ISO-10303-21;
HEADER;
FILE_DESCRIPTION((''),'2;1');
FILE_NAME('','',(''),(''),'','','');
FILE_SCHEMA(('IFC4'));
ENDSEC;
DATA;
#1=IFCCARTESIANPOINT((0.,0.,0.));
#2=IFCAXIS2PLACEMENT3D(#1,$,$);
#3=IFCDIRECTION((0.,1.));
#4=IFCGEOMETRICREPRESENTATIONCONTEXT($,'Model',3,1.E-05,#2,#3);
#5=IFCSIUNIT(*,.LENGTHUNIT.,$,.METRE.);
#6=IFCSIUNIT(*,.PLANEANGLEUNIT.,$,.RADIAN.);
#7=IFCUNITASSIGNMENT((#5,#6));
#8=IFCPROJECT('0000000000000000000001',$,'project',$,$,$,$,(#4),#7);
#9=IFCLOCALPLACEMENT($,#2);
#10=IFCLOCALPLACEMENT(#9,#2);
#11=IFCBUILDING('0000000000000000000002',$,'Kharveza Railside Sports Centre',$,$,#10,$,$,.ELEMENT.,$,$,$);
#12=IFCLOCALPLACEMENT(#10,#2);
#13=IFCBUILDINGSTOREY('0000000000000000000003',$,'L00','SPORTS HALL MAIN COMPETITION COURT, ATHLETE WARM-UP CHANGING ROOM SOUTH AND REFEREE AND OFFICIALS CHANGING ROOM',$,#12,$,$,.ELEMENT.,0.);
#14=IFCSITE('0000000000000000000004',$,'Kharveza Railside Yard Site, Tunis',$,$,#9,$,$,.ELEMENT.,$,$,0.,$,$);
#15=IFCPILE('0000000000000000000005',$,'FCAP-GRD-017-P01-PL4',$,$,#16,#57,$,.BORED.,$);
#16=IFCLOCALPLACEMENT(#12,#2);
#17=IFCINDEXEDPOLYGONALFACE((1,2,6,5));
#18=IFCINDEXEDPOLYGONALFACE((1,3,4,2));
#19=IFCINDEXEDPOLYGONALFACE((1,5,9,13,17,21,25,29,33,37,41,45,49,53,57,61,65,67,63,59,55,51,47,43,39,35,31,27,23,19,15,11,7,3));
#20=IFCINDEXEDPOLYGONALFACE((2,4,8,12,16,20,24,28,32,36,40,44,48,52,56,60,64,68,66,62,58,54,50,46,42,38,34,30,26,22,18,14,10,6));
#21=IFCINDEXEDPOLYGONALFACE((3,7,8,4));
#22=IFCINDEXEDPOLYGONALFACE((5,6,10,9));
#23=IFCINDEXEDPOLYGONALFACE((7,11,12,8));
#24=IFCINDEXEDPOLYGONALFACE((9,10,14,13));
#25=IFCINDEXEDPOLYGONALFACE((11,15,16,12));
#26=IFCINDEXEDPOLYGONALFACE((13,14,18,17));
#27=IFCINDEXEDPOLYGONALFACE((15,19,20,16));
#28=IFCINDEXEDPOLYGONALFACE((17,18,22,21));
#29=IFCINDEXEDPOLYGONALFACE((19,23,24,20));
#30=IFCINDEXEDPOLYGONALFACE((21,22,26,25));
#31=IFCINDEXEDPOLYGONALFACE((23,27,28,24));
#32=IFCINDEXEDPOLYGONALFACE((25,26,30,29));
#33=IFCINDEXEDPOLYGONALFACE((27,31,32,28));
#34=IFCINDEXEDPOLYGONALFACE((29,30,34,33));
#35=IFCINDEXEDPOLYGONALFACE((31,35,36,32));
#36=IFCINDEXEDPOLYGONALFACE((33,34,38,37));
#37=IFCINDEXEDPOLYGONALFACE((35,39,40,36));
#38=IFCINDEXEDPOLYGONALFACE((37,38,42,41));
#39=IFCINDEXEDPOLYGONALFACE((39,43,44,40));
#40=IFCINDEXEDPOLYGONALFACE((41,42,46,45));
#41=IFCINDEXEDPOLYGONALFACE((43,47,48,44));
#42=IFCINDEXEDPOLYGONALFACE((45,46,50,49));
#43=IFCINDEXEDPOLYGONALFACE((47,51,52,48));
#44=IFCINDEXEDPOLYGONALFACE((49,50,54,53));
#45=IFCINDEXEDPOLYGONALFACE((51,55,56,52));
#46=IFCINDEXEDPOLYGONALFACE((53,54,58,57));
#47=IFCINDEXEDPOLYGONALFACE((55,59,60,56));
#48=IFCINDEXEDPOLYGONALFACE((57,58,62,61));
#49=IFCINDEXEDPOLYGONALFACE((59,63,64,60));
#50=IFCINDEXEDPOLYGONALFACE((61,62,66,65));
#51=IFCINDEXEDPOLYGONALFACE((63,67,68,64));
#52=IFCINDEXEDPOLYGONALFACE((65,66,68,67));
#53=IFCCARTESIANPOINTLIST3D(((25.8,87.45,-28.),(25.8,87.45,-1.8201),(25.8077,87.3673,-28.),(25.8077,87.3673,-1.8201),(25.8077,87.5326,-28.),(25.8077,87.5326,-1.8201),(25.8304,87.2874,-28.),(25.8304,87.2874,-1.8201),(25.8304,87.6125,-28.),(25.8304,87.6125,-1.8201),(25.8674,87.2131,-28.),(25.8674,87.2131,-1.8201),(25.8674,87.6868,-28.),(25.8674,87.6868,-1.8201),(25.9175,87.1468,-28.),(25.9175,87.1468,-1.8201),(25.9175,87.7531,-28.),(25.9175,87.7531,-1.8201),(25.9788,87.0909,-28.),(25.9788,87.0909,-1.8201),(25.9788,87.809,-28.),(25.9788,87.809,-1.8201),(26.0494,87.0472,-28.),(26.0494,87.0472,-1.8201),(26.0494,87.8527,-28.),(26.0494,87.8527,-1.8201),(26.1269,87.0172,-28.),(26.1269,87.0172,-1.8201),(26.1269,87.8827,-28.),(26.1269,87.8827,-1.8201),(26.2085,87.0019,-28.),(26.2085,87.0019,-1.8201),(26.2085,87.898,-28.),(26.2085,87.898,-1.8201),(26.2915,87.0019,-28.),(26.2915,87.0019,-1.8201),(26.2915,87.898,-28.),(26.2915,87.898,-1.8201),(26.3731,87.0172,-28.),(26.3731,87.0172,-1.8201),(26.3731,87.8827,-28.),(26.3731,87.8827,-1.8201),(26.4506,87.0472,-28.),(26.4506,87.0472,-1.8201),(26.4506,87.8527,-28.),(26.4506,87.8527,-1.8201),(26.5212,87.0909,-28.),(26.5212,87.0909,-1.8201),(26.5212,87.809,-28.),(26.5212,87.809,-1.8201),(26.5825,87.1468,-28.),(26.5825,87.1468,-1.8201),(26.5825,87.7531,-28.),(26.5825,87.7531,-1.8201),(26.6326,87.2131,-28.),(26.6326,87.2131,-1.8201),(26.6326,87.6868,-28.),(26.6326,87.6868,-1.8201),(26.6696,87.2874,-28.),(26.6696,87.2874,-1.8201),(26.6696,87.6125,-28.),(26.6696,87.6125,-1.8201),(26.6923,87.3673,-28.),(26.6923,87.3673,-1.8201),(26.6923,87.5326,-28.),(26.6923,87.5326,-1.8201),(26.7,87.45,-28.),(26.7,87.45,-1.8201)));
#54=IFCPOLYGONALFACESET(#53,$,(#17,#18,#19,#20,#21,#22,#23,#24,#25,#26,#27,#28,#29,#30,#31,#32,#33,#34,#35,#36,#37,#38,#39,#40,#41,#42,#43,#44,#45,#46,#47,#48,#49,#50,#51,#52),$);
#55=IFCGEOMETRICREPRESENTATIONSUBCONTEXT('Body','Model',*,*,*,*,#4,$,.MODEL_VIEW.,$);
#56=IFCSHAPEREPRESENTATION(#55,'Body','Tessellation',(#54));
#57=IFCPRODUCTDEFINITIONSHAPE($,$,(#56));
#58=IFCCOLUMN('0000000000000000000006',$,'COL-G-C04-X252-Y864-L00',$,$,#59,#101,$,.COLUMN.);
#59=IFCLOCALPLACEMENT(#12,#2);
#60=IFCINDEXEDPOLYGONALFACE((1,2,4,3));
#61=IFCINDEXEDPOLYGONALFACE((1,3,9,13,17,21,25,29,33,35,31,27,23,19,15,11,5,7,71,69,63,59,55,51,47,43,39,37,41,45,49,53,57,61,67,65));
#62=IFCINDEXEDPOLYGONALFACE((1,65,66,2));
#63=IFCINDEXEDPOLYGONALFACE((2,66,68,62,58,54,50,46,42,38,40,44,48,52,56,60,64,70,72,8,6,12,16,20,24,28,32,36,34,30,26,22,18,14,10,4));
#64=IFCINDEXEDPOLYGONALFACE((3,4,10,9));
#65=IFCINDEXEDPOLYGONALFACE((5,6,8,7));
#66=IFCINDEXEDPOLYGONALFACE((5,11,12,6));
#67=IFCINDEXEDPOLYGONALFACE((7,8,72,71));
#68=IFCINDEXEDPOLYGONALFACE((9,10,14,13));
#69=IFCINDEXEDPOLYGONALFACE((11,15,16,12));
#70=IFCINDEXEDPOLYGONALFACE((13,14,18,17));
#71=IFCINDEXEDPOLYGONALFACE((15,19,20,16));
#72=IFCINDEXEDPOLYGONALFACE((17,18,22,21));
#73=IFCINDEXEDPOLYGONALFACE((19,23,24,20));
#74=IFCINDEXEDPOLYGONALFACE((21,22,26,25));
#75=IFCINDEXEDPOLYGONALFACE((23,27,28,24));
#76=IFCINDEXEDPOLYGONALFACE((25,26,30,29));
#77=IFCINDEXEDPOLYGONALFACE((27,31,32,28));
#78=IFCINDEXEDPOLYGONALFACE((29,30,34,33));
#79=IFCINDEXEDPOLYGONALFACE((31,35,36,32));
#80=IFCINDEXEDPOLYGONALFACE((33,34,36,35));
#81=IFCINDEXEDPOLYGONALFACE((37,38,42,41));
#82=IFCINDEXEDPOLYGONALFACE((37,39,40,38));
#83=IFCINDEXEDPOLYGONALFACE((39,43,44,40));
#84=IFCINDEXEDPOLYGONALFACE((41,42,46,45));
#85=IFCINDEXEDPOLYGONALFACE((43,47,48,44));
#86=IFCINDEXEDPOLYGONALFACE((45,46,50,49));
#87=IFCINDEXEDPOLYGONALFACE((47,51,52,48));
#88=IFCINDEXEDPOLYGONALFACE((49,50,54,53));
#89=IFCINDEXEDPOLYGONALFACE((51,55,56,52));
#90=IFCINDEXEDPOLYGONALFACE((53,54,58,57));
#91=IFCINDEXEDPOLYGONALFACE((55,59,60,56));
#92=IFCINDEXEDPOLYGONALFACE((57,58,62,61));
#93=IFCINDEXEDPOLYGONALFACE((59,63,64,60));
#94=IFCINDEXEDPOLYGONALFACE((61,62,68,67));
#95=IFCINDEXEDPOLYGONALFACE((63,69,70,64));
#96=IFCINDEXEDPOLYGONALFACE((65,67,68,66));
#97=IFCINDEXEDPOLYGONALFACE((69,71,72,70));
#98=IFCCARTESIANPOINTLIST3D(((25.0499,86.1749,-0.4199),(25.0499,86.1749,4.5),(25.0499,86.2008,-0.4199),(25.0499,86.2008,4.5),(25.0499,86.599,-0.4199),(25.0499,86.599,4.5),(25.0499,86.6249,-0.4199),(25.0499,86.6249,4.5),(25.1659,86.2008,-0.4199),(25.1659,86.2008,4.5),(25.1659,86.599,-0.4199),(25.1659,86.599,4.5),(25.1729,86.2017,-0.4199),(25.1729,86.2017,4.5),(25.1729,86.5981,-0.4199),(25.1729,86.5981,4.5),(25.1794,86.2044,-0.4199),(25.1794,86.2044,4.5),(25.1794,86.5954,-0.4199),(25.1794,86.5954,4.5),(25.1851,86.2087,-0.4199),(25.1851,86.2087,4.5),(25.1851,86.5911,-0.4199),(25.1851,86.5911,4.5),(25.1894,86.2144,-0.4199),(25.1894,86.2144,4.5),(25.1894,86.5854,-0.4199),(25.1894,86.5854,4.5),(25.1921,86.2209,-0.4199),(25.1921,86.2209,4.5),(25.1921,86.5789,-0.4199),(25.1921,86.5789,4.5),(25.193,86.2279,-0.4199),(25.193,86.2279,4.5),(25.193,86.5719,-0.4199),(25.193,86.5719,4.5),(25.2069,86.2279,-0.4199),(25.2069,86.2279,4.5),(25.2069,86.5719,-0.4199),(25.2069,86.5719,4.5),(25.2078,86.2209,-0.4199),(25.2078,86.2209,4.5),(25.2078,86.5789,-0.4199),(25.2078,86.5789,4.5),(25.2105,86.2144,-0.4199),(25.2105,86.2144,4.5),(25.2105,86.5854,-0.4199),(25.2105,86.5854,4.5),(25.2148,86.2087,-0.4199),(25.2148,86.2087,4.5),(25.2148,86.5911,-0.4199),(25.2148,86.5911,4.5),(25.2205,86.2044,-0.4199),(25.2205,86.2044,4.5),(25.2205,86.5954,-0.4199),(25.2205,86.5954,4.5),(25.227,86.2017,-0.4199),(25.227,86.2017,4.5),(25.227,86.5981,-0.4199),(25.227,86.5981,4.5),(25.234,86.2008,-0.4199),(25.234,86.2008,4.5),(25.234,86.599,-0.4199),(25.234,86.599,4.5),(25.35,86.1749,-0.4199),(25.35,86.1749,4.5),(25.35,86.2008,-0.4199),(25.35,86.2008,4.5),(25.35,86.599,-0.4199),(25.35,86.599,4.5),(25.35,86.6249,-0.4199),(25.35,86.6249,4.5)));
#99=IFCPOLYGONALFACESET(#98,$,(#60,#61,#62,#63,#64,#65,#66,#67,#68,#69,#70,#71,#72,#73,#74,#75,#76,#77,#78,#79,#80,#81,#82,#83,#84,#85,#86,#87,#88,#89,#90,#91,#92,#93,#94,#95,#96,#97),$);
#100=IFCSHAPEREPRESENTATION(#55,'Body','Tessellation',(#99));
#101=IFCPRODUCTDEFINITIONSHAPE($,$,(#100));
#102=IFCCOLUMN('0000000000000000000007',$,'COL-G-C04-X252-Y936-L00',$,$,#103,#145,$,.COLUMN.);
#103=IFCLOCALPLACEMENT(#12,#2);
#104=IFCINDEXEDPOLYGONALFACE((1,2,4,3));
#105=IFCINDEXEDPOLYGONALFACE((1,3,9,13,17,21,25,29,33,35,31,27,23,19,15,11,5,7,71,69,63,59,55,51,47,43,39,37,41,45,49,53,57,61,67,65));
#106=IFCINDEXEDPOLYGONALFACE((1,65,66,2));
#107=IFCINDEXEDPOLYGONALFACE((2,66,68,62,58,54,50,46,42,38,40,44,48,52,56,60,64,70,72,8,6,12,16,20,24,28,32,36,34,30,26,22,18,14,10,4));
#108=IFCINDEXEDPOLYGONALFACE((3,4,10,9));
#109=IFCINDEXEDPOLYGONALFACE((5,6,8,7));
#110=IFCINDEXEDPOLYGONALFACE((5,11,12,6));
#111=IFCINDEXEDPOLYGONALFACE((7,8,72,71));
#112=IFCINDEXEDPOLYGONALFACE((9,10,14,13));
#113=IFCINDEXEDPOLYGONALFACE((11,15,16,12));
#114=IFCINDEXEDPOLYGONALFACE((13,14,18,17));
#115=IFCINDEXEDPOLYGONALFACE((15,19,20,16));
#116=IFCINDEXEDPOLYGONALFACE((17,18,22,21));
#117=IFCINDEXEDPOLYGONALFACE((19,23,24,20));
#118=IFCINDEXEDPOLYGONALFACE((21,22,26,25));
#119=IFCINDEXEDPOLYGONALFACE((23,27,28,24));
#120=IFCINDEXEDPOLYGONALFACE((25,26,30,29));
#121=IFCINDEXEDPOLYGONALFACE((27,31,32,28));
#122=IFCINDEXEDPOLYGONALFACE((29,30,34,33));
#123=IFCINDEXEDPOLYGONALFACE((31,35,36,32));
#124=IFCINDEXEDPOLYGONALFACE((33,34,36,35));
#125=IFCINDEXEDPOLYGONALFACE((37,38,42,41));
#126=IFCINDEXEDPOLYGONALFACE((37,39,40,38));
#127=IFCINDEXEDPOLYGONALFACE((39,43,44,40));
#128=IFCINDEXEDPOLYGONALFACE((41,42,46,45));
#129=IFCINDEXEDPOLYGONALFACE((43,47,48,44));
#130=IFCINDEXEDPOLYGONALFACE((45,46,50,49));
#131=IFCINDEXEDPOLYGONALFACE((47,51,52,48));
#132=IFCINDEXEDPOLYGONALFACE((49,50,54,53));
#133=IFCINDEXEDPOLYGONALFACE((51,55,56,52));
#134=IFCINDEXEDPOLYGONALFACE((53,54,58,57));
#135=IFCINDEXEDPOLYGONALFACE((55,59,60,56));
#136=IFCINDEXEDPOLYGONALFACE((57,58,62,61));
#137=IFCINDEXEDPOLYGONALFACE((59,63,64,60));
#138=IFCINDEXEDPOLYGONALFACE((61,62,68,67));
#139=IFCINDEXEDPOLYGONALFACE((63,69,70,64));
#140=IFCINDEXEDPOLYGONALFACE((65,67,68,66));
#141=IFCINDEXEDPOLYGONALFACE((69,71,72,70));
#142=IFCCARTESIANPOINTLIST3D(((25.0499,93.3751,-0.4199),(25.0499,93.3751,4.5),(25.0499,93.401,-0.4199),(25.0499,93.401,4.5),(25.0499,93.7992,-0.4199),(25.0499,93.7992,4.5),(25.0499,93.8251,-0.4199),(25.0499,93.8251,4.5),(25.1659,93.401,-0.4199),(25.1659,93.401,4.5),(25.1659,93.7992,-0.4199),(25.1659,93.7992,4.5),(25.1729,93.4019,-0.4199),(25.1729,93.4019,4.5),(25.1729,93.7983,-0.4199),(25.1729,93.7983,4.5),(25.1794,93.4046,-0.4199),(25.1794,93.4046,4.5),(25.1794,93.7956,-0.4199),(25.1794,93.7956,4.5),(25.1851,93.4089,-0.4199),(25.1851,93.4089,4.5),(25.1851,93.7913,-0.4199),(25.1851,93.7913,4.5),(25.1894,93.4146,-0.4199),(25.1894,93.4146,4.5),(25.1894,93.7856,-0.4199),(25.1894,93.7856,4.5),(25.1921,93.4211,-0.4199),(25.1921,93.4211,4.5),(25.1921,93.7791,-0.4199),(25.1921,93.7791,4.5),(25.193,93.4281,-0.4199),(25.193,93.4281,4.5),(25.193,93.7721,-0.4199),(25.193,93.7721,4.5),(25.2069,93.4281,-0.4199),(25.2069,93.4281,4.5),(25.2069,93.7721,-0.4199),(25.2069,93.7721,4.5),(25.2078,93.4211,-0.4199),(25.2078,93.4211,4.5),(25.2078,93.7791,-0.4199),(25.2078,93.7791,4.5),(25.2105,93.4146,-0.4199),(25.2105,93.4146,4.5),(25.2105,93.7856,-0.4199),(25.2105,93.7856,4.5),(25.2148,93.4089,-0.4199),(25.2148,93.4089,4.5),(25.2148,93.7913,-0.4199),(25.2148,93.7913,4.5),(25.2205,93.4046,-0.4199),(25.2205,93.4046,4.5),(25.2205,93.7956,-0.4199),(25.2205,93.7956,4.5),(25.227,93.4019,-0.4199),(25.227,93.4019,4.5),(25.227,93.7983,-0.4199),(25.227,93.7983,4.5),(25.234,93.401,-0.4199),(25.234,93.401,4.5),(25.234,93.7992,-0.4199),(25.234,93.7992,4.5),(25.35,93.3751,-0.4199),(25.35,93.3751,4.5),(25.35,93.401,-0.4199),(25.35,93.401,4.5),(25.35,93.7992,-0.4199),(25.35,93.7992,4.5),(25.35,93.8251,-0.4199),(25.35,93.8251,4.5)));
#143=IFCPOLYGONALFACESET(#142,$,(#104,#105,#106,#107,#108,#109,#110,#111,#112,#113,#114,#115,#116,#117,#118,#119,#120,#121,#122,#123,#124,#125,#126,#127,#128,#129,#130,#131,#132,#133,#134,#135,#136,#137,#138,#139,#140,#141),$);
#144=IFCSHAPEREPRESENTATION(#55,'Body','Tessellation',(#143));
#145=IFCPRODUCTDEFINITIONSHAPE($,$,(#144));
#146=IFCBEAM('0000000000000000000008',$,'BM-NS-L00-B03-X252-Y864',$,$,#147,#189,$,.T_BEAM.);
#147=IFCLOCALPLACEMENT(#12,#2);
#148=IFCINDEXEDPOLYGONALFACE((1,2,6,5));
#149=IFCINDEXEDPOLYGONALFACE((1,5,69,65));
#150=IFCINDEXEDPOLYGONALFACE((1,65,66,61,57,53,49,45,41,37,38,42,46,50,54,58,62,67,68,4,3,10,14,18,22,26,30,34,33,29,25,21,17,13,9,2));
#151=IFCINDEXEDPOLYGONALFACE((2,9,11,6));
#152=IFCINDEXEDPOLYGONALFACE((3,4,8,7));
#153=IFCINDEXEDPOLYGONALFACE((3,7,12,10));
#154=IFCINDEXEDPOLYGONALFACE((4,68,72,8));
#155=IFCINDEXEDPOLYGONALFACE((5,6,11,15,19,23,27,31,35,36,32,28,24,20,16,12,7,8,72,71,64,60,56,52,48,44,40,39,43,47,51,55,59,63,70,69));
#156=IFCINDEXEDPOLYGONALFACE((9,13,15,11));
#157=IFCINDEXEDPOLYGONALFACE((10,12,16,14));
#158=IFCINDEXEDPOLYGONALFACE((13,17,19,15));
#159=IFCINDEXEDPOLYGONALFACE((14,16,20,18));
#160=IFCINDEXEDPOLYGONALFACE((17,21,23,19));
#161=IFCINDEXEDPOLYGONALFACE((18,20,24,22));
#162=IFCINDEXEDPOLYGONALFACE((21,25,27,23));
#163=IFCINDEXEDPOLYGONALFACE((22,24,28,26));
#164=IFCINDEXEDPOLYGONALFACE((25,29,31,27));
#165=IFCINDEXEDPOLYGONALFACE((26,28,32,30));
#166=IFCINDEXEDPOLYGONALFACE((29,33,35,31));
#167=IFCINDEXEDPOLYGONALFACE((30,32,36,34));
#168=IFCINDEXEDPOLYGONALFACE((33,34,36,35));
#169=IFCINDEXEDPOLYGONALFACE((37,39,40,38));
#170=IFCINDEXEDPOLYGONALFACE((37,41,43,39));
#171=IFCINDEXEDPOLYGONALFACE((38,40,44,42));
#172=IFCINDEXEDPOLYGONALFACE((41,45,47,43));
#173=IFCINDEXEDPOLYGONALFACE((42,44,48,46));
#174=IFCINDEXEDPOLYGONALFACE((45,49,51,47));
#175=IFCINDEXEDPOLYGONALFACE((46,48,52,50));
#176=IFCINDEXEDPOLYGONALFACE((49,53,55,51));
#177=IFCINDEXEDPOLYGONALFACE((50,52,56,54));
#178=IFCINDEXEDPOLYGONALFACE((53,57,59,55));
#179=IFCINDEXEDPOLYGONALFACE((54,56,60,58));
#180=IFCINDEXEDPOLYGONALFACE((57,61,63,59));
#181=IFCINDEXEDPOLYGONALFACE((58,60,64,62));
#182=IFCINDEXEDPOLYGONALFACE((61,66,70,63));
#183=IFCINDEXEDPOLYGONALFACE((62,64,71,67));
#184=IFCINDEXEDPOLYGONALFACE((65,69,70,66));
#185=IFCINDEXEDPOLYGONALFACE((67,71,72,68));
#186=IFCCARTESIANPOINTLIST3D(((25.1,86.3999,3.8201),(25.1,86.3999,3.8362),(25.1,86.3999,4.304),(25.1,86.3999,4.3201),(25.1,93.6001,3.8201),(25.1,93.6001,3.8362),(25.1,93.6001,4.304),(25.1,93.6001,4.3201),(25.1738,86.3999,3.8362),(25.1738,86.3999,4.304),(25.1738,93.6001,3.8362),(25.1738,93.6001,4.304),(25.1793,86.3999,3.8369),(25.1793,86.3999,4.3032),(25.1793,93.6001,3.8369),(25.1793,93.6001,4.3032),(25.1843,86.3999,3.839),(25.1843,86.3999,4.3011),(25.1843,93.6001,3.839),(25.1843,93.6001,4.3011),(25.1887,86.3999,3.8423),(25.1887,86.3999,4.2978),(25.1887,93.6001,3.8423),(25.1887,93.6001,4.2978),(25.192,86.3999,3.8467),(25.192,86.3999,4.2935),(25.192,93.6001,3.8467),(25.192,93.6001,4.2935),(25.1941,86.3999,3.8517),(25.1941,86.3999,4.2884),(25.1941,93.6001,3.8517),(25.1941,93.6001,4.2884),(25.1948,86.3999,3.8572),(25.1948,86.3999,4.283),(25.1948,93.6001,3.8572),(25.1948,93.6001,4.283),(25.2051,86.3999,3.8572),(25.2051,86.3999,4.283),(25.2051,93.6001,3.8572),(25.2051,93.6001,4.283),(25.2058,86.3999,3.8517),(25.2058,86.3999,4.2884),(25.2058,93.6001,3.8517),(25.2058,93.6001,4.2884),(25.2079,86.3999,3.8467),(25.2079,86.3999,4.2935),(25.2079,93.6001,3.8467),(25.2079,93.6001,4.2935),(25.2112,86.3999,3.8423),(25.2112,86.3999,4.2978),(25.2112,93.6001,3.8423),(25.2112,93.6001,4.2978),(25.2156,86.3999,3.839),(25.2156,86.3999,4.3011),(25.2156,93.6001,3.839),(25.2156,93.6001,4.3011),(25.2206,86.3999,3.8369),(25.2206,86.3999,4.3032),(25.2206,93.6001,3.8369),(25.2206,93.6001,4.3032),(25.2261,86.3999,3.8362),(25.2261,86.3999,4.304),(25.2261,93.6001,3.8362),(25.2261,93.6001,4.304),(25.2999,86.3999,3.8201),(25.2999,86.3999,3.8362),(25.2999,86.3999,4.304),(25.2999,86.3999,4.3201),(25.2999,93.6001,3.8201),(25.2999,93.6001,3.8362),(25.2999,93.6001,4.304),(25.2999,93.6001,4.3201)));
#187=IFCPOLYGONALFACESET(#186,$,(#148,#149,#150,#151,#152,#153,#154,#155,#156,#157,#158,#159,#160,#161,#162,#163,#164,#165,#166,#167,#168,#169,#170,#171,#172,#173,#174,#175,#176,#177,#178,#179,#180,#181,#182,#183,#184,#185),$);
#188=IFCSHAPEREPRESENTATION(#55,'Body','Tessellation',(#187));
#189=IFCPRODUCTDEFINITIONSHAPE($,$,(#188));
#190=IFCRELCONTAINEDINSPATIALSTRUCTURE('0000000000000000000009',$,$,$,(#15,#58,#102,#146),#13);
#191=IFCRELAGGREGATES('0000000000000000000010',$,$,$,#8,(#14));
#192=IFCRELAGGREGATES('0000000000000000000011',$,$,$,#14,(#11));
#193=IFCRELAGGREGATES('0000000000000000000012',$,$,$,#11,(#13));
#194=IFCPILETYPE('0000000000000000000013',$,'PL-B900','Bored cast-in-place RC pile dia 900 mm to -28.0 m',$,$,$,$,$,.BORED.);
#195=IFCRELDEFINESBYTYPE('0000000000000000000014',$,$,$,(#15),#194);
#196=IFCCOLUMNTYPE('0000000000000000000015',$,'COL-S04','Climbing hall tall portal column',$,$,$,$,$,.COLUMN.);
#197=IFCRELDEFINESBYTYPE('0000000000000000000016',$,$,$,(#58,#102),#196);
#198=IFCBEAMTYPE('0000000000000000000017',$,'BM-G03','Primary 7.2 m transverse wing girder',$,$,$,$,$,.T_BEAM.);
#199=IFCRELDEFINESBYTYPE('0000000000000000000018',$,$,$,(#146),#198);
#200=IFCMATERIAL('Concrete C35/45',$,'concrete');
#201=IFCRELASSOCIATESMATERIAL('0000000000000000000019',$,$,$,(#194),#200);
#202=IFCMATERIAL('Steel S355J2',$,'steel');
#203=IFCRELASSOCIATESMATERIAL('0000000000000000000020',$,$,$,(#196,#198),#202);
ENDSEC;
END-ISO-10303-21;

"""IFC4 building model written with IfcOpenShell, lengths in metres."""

from ifc_helpers import new_model, si_unit, direction, frame, origin, origin_2d, place, context, subcontext, project, spatial, circle, i_section, extrude, material, material_profile, profile_set, type_object, element, save


model = new_model("IFC4")

# Units and contexts
model_context = context("Model", 3, precision=1e-05, world=origin(), true_north=direction((0.0, 1.0)))
body_context = subcontext(model_context, "Body", "Model", "MODEL_VIEW")
ifc_project = project(units=[si_unit("LENGTHUNIT", "METRE"), si_unit("PLANEANGLEUNIT", "RADIAN")], contexts=[model_context])

# Site, building, storey
site_placement = place(None, origin())
site = spatial("IfcSite", under=ifc_project, at=site_placement, Name="Kharveza Railside Yard Site, Tunis", CompositionType="ELEMENT", RefElevation=0.0)
building_placement = place(site_placement, origin())
building = spatial("IfcBuilding", under=site, at=building_placement, Name="Kharveza Railside Sports Centre", CompositionType="ELEMENT")
storey_placement = place(building_placement, origin())
storey = spatial("IfcBuildingStorey", under=building, at=storey_placement, Name="L00", Description="SPORTS HALL MAIN COMPETITION COURT, ATHLETE WARM-UP CHANGING ROOM SOUTH AND REFEREE AND OFFICIALS CHANGING ROOM", CompositionType="ELEMENT", Elevation=0.0)

# Shared definitions
ifc_material_1 = material(Name="Concrete C35/45", Category="concrete")

# Pile
ifc_material_profile_1 = material_profile(ifc_material_1, circle(Radius=0.45, at=origin_2d()), Name="PILE D900")
ifc_profile_set_1 = profile_set([ifc_material_profile_1], Name="Concrete C35/45")
pile_type_1 = type_object("IfcPileType", Name="PL-B900", Description="Bored cast-in-place RC pile dia 900 mm to -28.0 m", PredefinedType="BORED", material=ifc_profile_set_1)
for number, where, z_axis, x_axis, name in (
    (1, (26.25, 87.45, -1.8201), (0.0, 0.0, -1.0), (1.0, 0.0, 0.0), "FCAP-GRD-017-P01-PL4"),
):
    element("IfcPile", number, at=place(storey_placement, frame(where, z_axis=z_axis, x_axis=x_axis)), inside=storey, type_object=pile_type_1, Name=name, PredefinedType="BORED", context=body_context, shape_type="SweptSolid", body=[
        extrude(circle(Radius=0.45, at=origin_2d()), origin(), (0.0, 0.0, 1.0), 26.1799),
    ])

# Columns
ifc_material_2 = material(Name="Steel S355J2", Category="steel")
ifc_material_profile_2 = material_profile(ifc_material_2, i_section(OverallWidth=0.3, OverallDepth=0.45, WebThickness=0.0139, FlangeThickness=0.0259, FilletRadius=0.0271, at=origin_2d()), Name="HEB 450")
ifc_profile_set_2 = profile_set([ifc_material_profile_2], Name="Steel S355J2")
column_type = type_object("IfcColumnType", Name="COL-S04", Description="Climbing hall tall portal column", PredefinedType="COLUMN", material=ifc_profile_set_2)
for number, where, z_axis, x_axis, name in (
    (2, (25.2, 86.3999, -0.4199), (0.0, 0.0, 1.0), (1.0, 0.0, 0.0), "COL-G-C04-X252-Y864-L00"),
    (3, (25.2, 93.6001, -0.4199), (0.0, 0.0, 1.0), (1.0, 0.0, 0.0), "COL-G-C04-X252-Y936-L00"),
):
    element("IfcColumn", number, at=place(storey_placement, frame(where, z_axis=z_axis, x_axis=x_axis)), inside=storey, type_object=column_type, Name=name, PredefinedType="COLUMN", context=body_context, shape_type="SweptSolid", body=[
        extrude(i_section(OverallWidth=0.3, OverallDepth=0.45, WebThickness=0.0139, FlangeThickness=0.0259, FilletRadius=0.0271, at=origin_2d()), origin(), (0.0, 0.0, 1.0), 4.9199),
    ])

# Beam
ifc_material_profile_3 = material_profile(ifc_material_2, i_section(OverallWidth=0.2, OverallDepth=0.5, WebThickness=0.0103, FlangeThickness=0.0161, FilletRadius=0.021, at=origin_2d()), Name="IPE 500")
ifc_profile_set_3 = profile_set([ifc_material_profile_3], Name="Steel S355J2")
beam_type_1 = type_object("IfcBeamType", Name="BM-G03", Description="Primary 7.2 m transverse wing girder", PredefinedType="T_BEAM", material=ifc_profile_set_3)
beam_1_placement = place(storey_placement, frame((25.2, 86.3999, 4.0701), z_axis=(0.0, 1.0, 0.0), x_axis=(-1.0, 0.0, 0.0)))
element("IfcBeam", 4, at=beam_1_placement, inside=storey, type_object=beam_type_1, Name="BM-NS-L00-B03-X252-Y864", PredefinedType="T_BEAM", context=body_context, shape_type="SweptSolid", body=[
    extrude(i_section(OverallWidth=0.2, OverallDepth=0.5, WebThickness=0.0103, FlangeThickness=0.0161, FilletRadius=0.021, at=origin_2d()), origin(), (0.0, 0.0, 1.0), 7.2002),
])

save(model, "model.ifc")
